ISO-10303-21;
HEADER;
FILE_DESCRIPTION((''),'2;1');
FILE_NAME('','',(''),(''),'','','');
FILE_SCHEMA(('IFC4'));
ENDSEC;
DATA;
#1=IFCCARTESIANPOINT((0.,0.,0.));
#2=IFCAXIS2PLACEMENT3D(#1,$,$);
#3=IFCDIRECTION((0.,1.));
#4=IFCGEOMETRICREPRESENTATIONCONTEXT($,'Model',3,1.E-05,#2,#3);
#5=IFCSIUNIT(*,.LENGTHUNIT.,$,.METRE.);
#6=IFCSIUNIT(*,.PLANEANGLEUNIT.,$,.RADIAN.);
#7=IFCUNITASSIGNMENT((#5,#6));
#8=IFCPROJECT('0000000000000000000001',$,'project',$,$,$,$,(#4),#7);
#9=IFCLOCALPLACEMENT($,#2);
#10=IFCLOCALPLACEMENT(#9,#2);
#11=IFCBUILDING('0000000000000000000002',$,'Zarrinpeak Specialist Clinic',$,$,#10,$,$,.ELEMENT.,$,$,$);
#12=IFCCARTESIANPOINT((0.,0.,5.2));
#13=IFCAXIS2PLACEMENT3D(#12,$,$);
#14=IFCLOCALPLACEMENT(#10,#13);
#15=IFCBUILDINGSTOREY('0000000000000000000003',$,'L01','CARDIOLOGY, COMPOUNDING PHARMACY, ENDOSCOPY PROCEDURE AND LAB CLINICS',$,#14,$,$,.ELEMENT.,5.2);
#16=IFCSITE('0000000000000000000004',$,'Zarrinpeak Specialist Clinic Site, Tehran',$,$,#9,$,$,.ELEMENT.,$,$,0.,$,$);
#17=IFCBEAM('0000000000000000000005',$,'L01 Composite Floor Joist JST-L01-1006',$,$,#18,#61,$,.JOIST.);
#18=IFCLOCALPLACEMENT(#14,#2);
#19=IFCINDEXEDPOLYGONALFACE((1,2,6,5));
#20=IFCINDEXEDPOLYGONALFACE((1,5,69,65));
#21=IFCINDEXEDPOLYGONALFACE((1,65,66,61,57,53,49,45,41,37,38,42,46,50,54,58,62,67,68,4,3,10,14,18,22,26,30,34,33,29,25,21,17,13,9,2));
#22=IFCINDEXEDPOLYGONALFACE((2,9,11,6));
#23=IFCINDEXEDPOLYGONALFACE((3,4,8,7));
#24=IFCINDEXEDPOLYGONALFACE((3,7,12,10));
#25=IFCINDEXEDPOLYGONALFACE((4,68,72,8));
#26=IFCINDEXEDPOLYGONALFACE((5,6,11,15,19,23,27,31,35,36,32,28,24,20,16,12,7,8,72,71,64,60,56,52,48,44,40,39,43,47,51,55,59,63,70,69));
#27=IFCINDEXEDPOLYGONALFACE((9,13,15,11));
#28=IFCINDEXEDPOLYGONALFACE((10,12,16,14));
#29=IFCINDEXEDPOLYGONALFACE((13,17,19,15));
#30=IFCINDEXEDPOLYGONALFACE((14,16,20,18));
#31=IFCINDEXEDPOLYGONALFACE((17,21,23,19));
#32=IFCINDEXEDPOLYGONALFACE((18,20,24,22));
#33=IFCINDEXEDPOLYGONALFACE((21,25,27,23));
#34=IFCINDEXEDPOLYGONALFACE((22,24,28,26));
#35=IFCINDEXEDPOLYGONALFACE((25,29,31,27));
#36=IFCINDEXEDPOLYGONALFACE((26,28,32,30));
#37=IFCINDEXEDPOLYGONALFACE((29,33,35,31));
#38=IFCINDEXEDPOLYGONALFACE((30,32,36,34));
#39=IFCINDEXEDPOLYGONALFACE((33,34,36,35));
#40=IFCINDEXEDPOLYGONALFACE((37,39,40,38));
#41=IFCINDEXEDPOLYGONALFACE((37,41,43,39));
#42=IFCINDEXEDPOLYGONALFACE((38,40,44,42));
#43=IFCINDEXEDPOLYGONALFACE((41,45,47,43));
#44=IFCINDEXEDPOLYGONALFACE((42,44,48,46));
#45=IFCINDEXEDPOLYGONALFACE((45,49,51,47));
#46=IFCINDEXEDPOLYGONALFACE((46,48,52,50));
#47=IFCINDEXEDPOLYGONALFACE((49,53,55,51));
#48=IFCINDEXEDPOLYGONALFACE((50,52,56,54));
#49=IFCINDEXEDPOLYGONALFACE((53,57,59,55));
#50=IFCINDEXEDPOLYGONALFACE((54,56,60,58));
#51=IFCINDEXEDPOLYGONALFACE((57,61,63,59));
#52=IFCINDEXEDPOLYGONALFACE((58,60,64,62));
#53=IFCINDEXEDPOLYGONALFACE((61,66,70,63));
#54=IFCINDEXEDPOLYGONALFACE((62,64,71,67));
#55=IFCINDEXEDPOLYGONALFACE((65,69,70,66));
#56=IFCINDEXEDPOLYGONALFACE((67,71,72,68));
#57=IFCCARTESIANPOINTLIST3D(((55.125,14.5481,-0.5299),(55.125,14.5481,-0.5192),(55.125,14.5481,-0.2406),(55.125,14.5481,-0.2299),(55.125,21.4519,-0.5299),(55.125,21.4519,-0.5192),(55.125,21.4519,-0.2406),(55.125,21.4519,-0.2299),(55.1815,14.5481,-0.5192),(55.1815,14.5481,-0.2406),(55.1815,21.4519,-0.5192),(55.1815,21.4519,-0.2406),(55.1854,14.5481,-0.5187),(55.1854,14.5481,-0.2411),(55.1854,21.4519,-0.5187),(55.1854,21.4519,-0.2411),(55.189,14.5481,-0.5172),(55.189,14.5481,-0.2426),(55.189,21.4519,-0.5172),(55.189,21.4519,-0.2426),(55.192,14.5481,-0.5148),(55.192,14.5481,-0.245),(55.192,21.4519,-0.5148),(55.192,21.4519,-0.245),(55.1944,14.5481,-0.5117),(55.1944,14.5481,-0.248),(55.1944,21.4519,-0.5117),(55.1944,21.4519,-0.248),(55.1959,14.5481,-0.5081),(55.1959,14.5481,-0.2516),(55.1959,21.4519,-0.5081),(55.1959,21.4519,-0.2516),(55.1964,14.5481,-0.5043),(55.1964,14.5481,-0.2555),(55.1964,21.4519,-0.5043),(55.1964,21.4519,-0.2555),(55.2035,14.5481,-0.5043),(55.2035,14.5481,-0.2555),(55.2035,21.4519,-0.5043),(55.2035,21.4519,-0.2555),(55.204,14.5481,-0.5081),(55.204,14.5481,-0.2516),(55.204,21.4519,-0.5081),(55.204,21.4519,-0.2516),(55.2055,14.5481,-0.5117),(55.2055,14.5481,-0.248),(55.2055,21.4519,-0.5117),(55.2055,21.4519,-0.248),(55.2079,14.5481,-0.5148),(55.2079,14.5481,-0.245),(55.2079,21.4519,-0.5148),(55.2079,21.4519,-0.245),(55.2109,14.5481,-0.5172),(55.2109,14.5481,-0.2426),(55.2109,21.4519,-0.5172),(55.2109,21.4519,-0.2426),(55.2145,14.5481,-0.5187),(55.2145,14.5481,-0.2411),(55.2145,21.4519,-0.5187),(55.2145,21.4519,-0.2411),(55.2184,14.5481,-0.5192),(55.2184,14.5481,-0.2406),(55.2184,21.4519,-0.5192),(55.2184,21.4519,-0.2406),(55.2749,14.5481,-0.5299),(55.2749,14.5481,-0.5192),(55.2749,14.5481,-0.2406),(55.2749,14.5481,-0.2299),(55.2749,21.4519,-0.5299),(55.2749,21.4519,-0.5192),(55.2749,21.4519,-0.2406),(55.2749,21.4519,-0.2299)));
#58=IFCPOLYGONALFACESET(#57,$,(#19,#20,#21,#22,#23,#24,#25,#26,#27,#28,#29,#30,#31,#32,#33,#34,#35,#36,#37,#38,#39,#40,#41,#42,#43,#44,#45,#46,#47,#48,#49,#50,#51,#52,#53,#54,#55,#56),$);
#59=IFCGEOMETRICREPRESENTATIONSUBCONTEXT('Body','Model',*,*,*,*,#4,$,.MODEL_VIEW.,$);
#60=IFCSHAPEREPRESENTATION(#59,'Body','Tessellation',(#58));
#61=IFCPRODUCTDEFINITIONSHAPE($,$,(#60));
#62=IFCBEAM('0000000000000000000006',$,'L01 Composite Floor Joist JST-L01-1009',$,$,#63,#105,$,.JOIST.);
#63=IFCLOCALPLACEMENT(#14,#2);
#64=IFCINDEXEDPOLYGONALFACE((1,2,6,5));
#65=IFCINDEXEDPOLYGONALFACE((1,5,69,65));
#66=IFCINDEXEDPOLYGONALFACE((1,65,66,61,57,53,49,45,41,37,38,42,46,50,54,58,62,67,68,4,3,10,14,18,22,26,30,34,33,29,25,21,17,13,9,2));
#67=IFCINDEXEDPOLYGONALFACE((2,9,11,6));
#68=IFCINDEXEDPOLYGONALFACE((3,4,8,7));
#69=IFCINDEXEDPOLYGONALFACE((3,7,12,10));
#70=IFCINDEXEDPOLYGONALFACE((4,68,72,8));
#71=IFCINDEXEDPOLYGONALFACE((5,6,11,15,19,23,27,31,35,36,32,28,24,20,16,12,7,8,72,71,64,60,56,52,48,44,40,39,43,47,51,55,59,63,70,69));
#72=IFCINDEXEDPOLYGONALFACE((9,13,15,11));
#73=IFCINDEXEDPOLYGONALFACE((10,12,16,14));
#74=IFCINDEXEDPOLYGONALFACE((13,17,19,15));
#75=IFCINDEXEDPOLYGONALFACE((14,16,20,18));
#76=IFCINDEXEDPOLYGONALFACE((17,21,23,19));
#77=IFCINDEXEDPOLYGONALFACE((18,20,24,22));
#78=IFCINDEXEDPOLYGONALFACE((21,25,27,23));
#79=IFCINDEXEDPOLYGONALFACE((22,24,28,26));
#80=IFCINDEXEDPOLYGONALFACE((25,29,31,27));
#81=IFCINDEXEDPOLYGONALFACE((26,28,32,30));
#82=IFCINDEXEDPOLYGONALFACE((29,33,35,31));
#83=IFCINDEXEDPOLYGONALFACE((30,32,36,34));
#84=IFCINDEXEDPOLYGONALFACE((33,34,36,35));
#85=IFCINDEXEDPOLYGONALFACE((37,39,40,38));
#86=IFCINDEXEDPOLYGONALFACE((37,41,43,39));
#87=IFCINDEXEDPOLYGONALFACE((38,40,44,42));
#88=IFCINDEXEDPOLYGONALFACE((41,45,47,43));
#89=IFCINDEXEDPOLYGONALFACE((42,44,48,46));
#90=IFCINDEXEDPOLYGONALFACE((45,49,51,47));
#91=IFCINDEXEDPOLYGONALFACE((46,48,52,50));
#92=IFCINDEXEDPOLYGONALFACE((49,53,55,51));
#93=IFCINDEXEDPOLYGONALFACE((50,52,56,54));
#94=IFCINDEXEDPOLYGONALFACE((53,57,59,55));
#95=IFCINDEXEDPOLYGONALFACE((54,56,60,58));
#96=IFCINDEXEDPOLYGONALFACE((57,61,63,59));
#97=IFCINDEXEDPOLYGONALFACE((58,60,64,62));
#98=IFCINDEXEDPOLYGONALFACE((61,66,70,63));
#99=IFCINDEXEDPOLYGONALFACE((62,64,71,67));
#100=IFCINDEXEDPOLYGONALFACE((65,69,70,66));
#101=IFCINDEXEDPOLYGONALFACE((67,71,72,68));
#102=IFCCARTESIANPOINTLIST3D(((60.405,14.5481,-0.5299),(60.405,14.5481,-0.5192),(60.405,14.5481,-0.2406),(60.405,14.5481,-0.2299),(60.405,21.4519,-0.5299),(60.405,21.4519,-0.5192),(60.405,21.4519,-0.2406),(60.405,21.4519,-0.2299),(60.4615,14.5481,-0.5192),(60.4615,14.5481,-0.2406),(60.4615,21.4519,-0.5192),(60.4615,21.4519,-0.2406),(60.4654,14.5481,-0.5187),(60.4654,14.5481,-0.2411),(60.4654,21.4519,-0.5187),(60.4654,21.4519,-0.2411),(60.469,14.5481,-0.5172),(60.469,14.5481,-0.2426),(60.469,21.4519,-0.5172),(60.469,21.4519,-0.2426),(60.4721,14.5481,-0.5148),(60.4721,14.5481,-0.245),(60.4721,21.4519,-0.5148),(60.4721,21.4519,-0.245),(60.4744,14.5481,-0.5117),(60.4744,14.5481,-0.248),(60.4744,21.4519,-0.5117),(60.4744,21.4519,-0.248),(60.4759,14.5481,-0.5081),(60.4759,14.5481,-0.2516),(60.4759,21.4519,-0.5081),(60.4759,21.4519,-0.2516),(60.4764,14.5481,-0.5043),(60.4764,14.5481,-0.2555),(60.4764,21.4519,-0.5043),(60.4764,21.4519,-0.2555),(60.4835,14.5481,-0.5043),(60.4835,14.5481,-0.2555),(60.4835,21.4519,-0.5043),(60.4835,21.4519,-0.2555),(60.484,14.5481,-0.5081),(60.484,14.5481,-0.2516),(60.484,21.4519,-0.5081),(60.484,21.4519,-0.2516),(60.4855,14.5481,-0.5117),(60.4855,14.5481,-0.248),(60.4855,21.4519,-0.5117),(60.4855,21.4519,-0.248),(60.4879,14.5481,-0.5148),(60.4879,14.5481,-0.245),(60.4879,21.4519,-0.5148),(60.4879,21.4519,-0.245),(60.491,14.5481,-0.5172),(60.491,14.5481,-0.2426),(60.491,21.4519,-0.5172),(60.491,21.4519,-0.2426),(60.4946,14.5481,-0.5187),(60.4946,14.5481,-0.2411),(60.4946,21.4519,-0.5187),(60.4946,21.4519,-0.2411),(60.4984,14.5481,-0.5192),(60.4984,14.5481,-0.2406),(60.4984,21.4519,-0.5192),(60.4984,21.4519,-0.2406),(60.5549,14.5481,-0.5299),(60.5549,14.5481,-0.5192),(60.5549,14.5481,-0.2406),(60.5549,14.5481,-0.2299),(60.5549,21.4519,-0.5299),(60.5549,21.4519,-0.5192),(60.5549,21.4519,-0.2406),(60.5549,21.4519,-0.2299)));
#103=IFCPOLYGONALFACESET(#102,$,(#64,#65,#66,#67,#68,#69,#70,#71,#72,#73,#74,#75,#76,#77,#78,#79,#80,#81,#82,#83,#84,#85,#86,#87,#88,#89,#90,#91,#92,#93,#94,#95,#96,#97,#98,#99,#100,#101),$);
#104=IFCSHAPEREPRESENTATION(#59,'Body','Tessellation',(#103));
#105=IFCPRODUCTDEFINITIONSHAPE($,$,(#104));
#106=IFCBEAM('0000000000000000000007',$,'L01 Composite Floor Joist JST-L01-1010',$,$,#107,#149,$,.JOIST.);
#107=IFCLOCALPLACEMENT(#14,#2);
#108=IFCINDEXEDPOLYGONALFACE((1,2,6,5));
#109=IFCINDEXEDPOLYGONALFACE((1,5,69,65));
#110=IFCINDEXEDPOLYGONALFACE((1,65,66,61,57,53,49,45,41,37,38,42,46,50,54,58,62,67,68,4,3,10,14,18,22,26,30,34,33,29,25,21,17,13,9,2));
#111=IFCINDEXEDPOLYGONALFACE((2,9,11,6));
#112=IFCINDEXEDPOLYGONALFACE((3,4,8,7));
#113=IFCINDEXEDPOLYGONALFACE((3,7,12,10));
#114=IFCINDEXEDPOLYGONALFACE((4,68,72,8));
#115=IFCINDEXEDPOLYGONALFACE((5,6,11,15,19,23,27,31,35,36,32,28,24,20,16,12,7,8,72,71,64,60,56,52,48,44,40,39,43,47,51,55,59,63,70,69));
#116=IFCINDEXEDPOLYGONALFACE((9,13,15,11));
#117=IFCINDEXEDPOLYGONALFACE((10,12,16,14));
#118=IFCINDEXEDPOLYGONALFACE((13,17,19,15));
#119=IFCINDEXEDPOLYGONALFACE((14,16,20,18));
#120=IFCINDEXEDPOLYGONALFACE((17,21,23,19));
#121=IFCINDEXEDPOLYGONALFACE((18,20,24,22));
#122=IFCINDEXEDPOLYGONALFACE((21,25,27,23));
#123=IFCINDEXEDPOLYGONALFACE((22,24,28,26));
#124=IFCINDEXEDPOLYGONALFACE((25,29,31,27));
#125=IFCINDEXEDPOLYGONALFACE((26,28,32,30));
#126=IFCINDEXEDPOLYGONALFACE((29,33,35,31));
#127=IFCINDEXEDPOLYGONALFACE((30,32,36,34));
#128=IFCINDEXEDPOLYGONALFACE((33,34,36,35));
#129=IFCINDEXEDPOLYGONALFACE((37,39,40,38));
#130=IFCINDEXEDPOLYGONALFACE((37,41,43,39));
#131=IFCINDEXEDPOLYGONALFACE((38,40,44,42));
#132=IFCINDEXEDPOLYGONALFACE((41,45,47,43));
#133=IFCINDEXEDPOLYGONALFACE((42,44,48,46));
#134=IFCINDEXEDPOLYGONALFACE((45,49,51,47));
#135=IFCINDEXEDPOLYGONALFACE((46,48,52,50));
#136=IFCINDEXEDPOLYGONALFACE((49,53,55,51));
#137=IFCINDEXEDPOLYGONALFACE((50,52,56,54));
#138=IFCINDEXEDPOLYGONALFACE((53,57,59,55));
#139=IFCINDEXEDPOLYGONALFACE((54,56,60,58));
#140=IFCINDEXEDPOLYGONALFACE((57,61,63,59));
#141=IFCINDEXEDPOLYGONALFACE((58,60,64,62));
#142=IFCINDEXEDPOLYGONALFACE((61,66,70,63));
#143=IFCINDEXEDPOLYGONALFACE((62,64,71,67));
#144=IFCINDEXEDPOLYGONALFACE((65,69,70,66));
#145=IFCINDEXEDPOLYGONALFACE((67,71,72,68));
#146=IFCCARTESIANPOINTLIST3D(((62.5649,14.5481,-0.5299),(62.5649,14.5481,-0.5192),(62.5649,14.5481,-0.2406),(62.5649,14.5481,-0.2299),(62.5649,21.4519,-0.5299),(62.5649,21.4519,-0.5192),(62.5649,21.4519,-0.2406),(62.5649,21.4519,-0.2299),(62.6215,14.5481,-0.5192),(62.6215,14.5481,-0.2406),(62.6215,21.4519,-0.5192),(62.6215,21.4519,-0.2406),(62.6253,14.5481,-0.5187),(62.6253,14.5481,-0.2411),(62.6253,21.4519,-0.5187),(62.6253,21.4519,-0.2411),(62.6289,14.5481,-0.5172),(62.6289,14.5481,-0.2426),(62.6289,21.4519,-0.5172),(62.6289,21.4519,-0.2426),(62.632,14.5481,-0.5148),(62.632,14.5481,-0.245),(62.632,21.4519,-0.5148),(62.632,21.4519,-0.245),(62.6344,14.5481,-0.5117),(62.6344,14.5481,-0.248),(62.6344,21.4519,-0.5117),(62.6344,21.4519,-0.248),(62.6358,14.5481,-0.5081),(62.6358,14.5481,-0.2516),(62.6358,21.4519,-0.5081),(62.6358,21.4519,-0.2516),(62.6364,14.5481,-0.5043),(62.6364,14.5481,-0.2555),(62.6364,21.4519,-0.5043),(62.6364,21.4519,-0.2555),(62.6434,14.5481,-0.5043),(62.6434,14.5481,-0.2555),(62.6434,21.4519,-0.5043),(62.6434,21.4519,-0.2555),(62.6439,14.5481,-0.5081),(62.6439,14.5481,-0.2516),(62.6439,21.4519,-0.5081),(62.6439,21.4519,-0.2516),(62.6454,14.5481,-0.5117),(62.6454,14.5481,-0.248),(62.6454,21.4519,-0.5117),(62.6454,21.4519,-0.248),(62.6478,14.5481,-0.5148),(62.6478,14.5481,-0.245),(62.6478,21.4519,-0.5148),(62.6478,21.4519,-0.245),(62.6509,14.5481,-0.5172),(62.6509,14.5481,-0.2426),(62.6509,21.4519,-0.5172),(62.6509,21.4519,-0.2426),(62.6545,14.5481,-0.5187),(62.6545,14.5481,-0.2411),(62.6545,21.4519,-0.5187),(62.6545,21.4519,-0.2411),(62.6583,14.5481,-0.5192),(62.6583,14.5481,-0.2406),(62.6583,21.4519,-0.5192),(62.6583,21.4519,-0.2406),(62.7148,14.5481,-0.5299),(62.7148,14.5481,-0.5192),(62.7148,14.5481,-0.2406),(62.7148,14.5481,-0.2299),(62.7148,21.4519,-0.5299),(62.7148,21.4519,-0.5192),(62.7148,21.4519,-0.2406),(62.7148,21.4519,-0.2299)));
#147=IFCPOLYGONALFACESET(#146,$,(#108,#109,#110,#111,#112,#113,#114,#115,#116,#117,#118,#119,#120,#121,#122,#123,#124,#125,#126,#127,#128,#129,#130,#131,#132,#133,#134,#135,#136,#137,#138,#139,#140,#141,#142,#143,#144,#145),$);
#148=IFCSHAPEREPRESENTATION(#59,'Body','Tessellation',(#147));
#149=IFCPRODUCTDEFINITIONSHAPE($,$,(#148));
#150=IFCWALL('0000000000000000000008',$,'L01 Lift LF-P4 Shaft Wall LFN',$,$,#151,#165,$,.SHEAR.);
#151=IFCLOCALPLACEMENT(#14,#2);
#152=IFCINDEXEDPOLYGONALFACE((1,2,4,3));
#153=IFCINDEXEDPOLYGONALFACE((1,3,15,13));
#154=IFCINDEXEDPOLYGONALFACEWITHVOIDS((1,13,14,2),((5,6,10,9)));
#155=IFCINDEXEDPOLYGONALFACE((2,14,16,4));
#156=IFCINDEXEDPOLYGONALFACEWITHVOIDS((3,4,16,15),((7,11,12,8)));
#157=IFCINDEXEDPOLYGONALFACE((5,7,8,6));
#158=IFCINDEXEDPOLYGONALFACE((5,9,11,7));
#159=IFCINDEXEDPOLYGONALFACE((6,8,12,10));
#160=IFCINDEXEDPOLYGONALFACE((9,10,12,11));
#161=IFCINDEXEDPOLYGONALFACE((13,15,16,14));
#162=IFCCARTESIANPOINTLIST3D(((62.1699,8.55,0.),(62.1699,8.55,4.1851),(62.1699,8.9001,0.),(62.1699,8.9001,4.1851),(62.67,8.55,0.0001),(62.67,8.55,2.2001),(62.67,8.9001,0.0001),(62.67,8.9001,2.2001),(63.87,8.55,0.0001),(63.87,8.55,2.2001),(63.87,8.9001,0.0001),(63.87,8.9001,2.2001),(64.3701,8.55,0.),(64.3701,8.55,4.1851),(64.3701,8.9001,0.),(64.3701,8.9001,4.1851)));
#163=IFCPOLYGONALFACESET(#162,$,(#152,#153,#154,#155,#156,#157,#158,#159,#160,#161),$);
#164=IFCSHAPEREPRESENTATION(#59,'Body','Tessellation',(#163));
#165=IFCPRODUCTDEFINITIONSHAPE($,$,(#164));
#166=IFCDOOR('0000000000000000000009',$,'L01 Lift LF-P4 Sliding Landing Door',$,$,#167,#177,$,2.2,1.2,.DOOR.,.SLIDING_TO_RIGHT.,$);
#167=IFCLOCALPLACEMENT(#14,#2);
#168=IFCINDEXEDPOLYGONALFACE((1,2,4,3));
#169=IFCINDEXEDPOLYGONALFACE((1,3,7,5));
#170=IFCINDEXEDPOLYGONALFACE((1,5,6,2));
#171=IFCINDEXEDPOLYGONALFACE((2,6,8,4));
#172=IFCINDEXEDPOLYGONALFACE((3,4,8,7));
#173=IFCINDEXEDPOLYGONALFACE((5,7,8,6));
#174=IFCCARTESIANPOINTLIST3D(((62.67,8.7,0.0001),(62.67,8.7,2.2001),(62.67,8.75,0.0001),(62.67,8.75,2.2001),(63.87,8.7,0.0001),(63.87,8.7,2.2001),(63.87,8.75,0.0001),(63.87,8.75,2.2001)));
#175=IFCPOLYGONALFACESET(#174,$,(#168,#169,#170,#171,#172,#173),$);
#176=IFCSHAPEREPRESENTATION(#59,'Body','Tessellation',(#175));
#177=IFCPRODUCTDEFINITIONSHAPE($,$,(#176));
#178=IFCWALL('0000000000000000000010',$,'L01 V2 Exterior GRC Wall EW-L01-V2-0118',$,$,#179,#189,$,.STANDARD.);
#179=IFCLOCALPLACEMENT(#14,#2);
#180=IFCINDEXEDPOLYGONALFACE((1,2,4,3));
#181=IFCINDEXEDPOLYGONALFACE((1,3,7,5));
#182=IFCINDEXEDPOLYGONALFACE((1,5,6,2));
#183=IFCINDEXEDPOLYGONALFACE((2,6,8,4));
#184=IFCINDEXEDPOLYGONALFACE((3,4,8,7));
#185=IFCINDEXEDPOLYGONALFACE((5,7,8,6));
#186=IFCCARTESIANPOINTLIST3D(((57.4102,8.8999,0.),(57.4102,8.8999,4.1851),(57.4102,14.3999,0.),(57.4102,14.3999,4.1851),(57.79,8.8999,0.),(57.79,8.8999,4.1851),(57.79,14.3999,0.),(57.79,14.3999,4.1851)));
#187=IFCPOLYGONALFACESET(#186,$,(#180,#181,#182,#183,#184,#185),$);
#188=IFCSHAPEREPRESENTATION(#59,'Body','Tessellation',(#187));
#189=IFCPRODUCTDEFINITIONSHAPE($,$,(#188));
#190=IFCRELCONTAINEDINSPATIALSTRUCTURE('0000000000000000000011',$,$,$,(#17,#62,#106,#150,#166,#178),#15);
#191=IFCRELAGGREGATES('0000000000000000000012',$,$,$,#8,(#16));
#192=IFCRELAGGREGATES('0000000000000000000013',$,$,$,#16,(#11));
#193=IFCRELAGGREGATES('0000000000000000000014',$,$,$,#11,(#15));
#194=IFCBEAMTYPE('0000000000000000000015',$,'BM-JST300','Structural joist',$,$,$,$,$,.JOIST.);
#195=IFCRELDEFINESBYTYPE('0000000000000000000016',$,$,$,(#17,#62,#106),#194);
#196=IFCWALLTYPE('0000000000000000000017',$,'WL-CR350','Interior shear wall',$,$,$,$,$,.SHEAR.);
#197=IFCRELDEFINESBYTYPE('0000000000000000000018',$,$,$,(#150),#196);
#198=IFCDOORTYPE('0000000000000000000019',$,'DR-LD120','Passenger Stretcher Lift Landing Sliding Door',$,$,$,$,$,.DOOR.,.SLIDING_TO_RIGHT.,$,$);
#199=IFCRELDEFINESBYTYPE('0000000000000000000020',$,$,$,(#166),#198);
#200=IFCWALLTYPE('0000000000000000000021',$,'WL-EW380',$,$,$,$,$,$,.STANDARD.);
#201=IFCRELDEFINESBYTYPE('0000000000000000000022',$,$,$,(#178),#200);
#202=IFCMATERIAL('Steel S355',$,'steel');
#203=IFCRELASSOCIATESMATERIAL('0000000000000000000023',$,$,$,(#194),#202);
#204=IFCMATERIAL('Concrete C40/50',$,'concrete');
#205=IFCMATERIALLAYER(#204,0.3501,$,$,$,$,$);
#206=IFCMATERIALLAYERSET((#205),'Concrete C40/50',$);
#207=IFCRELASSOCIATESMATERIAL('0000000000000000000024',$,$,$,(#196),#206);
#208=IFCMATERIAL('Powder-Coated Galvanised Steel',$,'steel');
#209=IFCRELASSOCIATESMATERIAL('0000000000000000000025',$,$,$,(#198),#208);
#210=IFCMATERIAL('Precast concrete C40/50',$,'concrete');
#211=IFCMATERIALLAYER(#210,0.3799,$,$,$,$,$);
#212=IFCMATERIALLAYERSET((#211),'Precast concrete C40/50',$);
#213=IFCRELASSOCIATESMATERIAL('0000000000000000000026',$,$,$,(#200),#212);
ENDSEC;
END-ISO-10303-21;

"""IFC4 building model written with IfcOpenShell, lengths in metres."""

from ifc_helpers import new_model, si_unit, direction, frame, frame_2d, origin, origin_2d, place, context, subcontext, project, spatial, rectangle, i_section, extrude, material, layer, layer_set, material_profile, profile_set, type_object, element, fill, save


model = new_model("IFC4")

# Units and contexts
model_context = context("Model", 3, precision=1e-05, world=origin(), true_north=direction((0.0, 1.0)))
body_context = subcontext(model_context, "Body", "Model", "MODEL_VIEW")
ifc_project = project(units=[si_unit("LENGTHUNIT", "METRE"), si_unit("PLANEANGLEUNIT", "RADIAN")], contexts=[model_context])

# Site, building, storey
site_placement = place(None, origin())
site = spatial("IfcSite", under=ifc_project, at=site_placement, Name="Zarrinpeak Specialist Clinic Site, Tehran", CompositionType="ELEMENT", RefElevation=0.0)
building_placement = place(site_placement, origin())
building = spatial("IfcBuilding", under=site, at=building_placement, Name="Zarrinpeak Specialist Clinic", CompositionType="ELEMENT")
storey_placement = place(building_placement, frame((0.0, 0.0, 5.2)))
storey = spatial("IfcBuildingStorey", under=building, at=storey_placement, Name="L01", Description="CARDIOLOGY, COMPOUNDING PHARMACY, ENDOSCOPY PROCEDURE AND LAB CLINICS", CompositionType="ELEMENT", Elevation=5.2)

# Shared definitions
ifc_material_1 = material(Name="Steel S355", Category="steel")

# Beams
ifc_material_profile_1 = material_profile(ifc_material_1, i_section(OverallWidth=0.1499, OverallDepth=0.3, WebThickness=0.0071, FlangeThickness=0.0107, FilletRadius=0.0149, at=origin_2d()), Name="IPE 300")
ifc_profile_set_1 = profile_set([ifc_material_profile_1], Name="Steel S355")
beam_type_1 = type_object("IfcBeamType", Name="BM-JST300", Description="Structural joist", PredefinedType="JOIST", material=ifc_profile_set_1)
for number, where, z_axis, x_axis, name in (
    (1, (55.2, 14.5481, -0.3799), (0.0, 1.0, 0.0), (-1.0, 0.0, 0.0), "L01 Composite Floor Joist JST-L01-1006"),
    (2, (60.48, 14.5481, -0.3799), (0.0, 1.0, 0.0), (-1.0, 0.0, 0.0), "L01 Composite Floor Joist JST-L01-1009"),
    (3, (62.6399, 14.5481, -0.3799), (0.0, 1.0, 0.0), (-1.0, 0.0, 0.0), "L01 Composite Floor Joist JST-L01-1010"),
):
    element("IfcBeam", number, at=place(storey_placement, frame(where, z_axis=z_axis, x_axis=x_axis)), inside=storey, type_object=beam_type_1, Name=name, PredefinedType="JOIST", context=body_context, shape_type="SweptSolid", body=[
        extrude(i_section(OverallWidth=0.1499, OverallDepth=0.3, WebThickness=0.0071, FlangeThickness=0.0107, FilletRadius=0.0149, at=origin_2d()), origin(), (0.0, 0.0, 1.0), 6.9038),
    ])

# Wall, opening, door
ifc_material_2 = material(Name="Concrete C40/50", Category="concrete")
ifc_layer_1 = layer(ifc_material_2, 0.3501)
ifc_layer_set_1 = layer_set([ifc_layer_1], Name="Concrete C40/50")
wall_type_1 = type_object("IfcWallType", Name="WL-CR350", Description="Interior shear wall", PredefinedType="SHEAR", material=ifc_layer_set_1)
ifc_material_3 = material(Name="Powder-Coated Galvanised Steel", Category="steel")
wall_1_placement = place(storey_placement, frame((62.1699, 8.7251, 0.0), z_axis=(0.0, 0.0, 1.0), x_axis=(1.0, 0.0, 0.0)))
wall_1 = element("IfcWall", 4, at=wall_1_placement, inside=storey, type_object=wall_type_1, Name="L01 Lift LF-P4 Shaft Wall LFN", PredefinedType="SHEAR", context=body_context, shape_type="SweptSolid", body=[
    extrude(rectangle(XDim=2.2002, YDim=0.3501, at=frame_2d((1.1001, 0.0))), origin(), (0.0, 0.0, 1.0), 4.1851),
])
opening_1_placement = place(wall_1_placement, frame((0.5, 0.0, 0.0)))
opening_1 = element("IfcOpeningElement", 5, at=opening_1_placement, cuts=wall_1, PredefinedType="OPENING", context=body_context, shape_type="SweptSolid", body=[
    extrude(rectangle(XDim=1.2, YDim=2.2, at=frame_2d((0.6001, 1.1001))), frame((0.0, 0.1851, 0.0), z_axis=(0.0, -1.0, 0.0), x_axis=(1.0, 0.0, 0.0)), (0.0, 0.0, 1.0), 0.3701),
])
door_type_1 = type_object("IfcDoorType", Name="DR-LD120", Description="Passenger Stretcher Lift Landing Sliding Door", OperationType="SLIDING_TO_RIGHT", PredefinedType="DOOR", material=ifc_material_3)
door_1_placement = place(opening_1_placement, origin())
door_1 = element("IfcDoor", 6, at=door_1_placement, inside=storey, type_object=door_type_1, Name="L01 Lift LF-P4 Sliding Landing Door", OperationType="SLIDING_TO_RIGHT", OverallHeight=2.2, OverallWidth=1.2, PredefinedType="DOOR", context=body_context, shape_type="SweptSolid", body=[
    extrude(rectangle(XDim=1.2, YDim=2.2, at=frame_2d((0.6001, 1.1001))), frame((0.0, 0.0249, 0.0), z_axis=(0.0, -1.0, 0.0), x_axis=(1.0, 0.0, 0.0)), (0.0, 0.0, 1.0), 0.05),
])
fill(opening_1, door_1)

# Wall
ifc_material_4 = material(Name="Precast concrete C40/50", Category="concrete")
ifc_layer_2 = layer(ifc_material_4, 0.3799)
ifc_layer_set_2 = layer_set([ifc_layer_2], Name="Precast concrete C40/50")
wall_type_2 = type_object("IfcWallType", Name="WL-EW380", PredefinedType="STANDARD", material=ifc_layer_set_2)
wall_2_placement = place(storey_placement, frame((57.6001, 8.8999, 0.0), z_axis=(0.0, 0.0, 1.0), x_axis=(0.0, 1.0, 0.0)))
element("IfcWall", 7, at=wall_2_placement, inside=storey, type_object=wall_type_2, Name="L01 V2 Exterior GRC Wall EW-L01-V2-0118", PredefinedType="STANDARD", context=body_context, shape_type="SweptSolid", body=[
    extrude(rectangle(XDim=5.5, YDim=0.3799, at=frame_2d((2.75, 0.0))), origin(), (0.0, 0.0, 1.0), 4.1851),
])

save(model, "model.ifc")
